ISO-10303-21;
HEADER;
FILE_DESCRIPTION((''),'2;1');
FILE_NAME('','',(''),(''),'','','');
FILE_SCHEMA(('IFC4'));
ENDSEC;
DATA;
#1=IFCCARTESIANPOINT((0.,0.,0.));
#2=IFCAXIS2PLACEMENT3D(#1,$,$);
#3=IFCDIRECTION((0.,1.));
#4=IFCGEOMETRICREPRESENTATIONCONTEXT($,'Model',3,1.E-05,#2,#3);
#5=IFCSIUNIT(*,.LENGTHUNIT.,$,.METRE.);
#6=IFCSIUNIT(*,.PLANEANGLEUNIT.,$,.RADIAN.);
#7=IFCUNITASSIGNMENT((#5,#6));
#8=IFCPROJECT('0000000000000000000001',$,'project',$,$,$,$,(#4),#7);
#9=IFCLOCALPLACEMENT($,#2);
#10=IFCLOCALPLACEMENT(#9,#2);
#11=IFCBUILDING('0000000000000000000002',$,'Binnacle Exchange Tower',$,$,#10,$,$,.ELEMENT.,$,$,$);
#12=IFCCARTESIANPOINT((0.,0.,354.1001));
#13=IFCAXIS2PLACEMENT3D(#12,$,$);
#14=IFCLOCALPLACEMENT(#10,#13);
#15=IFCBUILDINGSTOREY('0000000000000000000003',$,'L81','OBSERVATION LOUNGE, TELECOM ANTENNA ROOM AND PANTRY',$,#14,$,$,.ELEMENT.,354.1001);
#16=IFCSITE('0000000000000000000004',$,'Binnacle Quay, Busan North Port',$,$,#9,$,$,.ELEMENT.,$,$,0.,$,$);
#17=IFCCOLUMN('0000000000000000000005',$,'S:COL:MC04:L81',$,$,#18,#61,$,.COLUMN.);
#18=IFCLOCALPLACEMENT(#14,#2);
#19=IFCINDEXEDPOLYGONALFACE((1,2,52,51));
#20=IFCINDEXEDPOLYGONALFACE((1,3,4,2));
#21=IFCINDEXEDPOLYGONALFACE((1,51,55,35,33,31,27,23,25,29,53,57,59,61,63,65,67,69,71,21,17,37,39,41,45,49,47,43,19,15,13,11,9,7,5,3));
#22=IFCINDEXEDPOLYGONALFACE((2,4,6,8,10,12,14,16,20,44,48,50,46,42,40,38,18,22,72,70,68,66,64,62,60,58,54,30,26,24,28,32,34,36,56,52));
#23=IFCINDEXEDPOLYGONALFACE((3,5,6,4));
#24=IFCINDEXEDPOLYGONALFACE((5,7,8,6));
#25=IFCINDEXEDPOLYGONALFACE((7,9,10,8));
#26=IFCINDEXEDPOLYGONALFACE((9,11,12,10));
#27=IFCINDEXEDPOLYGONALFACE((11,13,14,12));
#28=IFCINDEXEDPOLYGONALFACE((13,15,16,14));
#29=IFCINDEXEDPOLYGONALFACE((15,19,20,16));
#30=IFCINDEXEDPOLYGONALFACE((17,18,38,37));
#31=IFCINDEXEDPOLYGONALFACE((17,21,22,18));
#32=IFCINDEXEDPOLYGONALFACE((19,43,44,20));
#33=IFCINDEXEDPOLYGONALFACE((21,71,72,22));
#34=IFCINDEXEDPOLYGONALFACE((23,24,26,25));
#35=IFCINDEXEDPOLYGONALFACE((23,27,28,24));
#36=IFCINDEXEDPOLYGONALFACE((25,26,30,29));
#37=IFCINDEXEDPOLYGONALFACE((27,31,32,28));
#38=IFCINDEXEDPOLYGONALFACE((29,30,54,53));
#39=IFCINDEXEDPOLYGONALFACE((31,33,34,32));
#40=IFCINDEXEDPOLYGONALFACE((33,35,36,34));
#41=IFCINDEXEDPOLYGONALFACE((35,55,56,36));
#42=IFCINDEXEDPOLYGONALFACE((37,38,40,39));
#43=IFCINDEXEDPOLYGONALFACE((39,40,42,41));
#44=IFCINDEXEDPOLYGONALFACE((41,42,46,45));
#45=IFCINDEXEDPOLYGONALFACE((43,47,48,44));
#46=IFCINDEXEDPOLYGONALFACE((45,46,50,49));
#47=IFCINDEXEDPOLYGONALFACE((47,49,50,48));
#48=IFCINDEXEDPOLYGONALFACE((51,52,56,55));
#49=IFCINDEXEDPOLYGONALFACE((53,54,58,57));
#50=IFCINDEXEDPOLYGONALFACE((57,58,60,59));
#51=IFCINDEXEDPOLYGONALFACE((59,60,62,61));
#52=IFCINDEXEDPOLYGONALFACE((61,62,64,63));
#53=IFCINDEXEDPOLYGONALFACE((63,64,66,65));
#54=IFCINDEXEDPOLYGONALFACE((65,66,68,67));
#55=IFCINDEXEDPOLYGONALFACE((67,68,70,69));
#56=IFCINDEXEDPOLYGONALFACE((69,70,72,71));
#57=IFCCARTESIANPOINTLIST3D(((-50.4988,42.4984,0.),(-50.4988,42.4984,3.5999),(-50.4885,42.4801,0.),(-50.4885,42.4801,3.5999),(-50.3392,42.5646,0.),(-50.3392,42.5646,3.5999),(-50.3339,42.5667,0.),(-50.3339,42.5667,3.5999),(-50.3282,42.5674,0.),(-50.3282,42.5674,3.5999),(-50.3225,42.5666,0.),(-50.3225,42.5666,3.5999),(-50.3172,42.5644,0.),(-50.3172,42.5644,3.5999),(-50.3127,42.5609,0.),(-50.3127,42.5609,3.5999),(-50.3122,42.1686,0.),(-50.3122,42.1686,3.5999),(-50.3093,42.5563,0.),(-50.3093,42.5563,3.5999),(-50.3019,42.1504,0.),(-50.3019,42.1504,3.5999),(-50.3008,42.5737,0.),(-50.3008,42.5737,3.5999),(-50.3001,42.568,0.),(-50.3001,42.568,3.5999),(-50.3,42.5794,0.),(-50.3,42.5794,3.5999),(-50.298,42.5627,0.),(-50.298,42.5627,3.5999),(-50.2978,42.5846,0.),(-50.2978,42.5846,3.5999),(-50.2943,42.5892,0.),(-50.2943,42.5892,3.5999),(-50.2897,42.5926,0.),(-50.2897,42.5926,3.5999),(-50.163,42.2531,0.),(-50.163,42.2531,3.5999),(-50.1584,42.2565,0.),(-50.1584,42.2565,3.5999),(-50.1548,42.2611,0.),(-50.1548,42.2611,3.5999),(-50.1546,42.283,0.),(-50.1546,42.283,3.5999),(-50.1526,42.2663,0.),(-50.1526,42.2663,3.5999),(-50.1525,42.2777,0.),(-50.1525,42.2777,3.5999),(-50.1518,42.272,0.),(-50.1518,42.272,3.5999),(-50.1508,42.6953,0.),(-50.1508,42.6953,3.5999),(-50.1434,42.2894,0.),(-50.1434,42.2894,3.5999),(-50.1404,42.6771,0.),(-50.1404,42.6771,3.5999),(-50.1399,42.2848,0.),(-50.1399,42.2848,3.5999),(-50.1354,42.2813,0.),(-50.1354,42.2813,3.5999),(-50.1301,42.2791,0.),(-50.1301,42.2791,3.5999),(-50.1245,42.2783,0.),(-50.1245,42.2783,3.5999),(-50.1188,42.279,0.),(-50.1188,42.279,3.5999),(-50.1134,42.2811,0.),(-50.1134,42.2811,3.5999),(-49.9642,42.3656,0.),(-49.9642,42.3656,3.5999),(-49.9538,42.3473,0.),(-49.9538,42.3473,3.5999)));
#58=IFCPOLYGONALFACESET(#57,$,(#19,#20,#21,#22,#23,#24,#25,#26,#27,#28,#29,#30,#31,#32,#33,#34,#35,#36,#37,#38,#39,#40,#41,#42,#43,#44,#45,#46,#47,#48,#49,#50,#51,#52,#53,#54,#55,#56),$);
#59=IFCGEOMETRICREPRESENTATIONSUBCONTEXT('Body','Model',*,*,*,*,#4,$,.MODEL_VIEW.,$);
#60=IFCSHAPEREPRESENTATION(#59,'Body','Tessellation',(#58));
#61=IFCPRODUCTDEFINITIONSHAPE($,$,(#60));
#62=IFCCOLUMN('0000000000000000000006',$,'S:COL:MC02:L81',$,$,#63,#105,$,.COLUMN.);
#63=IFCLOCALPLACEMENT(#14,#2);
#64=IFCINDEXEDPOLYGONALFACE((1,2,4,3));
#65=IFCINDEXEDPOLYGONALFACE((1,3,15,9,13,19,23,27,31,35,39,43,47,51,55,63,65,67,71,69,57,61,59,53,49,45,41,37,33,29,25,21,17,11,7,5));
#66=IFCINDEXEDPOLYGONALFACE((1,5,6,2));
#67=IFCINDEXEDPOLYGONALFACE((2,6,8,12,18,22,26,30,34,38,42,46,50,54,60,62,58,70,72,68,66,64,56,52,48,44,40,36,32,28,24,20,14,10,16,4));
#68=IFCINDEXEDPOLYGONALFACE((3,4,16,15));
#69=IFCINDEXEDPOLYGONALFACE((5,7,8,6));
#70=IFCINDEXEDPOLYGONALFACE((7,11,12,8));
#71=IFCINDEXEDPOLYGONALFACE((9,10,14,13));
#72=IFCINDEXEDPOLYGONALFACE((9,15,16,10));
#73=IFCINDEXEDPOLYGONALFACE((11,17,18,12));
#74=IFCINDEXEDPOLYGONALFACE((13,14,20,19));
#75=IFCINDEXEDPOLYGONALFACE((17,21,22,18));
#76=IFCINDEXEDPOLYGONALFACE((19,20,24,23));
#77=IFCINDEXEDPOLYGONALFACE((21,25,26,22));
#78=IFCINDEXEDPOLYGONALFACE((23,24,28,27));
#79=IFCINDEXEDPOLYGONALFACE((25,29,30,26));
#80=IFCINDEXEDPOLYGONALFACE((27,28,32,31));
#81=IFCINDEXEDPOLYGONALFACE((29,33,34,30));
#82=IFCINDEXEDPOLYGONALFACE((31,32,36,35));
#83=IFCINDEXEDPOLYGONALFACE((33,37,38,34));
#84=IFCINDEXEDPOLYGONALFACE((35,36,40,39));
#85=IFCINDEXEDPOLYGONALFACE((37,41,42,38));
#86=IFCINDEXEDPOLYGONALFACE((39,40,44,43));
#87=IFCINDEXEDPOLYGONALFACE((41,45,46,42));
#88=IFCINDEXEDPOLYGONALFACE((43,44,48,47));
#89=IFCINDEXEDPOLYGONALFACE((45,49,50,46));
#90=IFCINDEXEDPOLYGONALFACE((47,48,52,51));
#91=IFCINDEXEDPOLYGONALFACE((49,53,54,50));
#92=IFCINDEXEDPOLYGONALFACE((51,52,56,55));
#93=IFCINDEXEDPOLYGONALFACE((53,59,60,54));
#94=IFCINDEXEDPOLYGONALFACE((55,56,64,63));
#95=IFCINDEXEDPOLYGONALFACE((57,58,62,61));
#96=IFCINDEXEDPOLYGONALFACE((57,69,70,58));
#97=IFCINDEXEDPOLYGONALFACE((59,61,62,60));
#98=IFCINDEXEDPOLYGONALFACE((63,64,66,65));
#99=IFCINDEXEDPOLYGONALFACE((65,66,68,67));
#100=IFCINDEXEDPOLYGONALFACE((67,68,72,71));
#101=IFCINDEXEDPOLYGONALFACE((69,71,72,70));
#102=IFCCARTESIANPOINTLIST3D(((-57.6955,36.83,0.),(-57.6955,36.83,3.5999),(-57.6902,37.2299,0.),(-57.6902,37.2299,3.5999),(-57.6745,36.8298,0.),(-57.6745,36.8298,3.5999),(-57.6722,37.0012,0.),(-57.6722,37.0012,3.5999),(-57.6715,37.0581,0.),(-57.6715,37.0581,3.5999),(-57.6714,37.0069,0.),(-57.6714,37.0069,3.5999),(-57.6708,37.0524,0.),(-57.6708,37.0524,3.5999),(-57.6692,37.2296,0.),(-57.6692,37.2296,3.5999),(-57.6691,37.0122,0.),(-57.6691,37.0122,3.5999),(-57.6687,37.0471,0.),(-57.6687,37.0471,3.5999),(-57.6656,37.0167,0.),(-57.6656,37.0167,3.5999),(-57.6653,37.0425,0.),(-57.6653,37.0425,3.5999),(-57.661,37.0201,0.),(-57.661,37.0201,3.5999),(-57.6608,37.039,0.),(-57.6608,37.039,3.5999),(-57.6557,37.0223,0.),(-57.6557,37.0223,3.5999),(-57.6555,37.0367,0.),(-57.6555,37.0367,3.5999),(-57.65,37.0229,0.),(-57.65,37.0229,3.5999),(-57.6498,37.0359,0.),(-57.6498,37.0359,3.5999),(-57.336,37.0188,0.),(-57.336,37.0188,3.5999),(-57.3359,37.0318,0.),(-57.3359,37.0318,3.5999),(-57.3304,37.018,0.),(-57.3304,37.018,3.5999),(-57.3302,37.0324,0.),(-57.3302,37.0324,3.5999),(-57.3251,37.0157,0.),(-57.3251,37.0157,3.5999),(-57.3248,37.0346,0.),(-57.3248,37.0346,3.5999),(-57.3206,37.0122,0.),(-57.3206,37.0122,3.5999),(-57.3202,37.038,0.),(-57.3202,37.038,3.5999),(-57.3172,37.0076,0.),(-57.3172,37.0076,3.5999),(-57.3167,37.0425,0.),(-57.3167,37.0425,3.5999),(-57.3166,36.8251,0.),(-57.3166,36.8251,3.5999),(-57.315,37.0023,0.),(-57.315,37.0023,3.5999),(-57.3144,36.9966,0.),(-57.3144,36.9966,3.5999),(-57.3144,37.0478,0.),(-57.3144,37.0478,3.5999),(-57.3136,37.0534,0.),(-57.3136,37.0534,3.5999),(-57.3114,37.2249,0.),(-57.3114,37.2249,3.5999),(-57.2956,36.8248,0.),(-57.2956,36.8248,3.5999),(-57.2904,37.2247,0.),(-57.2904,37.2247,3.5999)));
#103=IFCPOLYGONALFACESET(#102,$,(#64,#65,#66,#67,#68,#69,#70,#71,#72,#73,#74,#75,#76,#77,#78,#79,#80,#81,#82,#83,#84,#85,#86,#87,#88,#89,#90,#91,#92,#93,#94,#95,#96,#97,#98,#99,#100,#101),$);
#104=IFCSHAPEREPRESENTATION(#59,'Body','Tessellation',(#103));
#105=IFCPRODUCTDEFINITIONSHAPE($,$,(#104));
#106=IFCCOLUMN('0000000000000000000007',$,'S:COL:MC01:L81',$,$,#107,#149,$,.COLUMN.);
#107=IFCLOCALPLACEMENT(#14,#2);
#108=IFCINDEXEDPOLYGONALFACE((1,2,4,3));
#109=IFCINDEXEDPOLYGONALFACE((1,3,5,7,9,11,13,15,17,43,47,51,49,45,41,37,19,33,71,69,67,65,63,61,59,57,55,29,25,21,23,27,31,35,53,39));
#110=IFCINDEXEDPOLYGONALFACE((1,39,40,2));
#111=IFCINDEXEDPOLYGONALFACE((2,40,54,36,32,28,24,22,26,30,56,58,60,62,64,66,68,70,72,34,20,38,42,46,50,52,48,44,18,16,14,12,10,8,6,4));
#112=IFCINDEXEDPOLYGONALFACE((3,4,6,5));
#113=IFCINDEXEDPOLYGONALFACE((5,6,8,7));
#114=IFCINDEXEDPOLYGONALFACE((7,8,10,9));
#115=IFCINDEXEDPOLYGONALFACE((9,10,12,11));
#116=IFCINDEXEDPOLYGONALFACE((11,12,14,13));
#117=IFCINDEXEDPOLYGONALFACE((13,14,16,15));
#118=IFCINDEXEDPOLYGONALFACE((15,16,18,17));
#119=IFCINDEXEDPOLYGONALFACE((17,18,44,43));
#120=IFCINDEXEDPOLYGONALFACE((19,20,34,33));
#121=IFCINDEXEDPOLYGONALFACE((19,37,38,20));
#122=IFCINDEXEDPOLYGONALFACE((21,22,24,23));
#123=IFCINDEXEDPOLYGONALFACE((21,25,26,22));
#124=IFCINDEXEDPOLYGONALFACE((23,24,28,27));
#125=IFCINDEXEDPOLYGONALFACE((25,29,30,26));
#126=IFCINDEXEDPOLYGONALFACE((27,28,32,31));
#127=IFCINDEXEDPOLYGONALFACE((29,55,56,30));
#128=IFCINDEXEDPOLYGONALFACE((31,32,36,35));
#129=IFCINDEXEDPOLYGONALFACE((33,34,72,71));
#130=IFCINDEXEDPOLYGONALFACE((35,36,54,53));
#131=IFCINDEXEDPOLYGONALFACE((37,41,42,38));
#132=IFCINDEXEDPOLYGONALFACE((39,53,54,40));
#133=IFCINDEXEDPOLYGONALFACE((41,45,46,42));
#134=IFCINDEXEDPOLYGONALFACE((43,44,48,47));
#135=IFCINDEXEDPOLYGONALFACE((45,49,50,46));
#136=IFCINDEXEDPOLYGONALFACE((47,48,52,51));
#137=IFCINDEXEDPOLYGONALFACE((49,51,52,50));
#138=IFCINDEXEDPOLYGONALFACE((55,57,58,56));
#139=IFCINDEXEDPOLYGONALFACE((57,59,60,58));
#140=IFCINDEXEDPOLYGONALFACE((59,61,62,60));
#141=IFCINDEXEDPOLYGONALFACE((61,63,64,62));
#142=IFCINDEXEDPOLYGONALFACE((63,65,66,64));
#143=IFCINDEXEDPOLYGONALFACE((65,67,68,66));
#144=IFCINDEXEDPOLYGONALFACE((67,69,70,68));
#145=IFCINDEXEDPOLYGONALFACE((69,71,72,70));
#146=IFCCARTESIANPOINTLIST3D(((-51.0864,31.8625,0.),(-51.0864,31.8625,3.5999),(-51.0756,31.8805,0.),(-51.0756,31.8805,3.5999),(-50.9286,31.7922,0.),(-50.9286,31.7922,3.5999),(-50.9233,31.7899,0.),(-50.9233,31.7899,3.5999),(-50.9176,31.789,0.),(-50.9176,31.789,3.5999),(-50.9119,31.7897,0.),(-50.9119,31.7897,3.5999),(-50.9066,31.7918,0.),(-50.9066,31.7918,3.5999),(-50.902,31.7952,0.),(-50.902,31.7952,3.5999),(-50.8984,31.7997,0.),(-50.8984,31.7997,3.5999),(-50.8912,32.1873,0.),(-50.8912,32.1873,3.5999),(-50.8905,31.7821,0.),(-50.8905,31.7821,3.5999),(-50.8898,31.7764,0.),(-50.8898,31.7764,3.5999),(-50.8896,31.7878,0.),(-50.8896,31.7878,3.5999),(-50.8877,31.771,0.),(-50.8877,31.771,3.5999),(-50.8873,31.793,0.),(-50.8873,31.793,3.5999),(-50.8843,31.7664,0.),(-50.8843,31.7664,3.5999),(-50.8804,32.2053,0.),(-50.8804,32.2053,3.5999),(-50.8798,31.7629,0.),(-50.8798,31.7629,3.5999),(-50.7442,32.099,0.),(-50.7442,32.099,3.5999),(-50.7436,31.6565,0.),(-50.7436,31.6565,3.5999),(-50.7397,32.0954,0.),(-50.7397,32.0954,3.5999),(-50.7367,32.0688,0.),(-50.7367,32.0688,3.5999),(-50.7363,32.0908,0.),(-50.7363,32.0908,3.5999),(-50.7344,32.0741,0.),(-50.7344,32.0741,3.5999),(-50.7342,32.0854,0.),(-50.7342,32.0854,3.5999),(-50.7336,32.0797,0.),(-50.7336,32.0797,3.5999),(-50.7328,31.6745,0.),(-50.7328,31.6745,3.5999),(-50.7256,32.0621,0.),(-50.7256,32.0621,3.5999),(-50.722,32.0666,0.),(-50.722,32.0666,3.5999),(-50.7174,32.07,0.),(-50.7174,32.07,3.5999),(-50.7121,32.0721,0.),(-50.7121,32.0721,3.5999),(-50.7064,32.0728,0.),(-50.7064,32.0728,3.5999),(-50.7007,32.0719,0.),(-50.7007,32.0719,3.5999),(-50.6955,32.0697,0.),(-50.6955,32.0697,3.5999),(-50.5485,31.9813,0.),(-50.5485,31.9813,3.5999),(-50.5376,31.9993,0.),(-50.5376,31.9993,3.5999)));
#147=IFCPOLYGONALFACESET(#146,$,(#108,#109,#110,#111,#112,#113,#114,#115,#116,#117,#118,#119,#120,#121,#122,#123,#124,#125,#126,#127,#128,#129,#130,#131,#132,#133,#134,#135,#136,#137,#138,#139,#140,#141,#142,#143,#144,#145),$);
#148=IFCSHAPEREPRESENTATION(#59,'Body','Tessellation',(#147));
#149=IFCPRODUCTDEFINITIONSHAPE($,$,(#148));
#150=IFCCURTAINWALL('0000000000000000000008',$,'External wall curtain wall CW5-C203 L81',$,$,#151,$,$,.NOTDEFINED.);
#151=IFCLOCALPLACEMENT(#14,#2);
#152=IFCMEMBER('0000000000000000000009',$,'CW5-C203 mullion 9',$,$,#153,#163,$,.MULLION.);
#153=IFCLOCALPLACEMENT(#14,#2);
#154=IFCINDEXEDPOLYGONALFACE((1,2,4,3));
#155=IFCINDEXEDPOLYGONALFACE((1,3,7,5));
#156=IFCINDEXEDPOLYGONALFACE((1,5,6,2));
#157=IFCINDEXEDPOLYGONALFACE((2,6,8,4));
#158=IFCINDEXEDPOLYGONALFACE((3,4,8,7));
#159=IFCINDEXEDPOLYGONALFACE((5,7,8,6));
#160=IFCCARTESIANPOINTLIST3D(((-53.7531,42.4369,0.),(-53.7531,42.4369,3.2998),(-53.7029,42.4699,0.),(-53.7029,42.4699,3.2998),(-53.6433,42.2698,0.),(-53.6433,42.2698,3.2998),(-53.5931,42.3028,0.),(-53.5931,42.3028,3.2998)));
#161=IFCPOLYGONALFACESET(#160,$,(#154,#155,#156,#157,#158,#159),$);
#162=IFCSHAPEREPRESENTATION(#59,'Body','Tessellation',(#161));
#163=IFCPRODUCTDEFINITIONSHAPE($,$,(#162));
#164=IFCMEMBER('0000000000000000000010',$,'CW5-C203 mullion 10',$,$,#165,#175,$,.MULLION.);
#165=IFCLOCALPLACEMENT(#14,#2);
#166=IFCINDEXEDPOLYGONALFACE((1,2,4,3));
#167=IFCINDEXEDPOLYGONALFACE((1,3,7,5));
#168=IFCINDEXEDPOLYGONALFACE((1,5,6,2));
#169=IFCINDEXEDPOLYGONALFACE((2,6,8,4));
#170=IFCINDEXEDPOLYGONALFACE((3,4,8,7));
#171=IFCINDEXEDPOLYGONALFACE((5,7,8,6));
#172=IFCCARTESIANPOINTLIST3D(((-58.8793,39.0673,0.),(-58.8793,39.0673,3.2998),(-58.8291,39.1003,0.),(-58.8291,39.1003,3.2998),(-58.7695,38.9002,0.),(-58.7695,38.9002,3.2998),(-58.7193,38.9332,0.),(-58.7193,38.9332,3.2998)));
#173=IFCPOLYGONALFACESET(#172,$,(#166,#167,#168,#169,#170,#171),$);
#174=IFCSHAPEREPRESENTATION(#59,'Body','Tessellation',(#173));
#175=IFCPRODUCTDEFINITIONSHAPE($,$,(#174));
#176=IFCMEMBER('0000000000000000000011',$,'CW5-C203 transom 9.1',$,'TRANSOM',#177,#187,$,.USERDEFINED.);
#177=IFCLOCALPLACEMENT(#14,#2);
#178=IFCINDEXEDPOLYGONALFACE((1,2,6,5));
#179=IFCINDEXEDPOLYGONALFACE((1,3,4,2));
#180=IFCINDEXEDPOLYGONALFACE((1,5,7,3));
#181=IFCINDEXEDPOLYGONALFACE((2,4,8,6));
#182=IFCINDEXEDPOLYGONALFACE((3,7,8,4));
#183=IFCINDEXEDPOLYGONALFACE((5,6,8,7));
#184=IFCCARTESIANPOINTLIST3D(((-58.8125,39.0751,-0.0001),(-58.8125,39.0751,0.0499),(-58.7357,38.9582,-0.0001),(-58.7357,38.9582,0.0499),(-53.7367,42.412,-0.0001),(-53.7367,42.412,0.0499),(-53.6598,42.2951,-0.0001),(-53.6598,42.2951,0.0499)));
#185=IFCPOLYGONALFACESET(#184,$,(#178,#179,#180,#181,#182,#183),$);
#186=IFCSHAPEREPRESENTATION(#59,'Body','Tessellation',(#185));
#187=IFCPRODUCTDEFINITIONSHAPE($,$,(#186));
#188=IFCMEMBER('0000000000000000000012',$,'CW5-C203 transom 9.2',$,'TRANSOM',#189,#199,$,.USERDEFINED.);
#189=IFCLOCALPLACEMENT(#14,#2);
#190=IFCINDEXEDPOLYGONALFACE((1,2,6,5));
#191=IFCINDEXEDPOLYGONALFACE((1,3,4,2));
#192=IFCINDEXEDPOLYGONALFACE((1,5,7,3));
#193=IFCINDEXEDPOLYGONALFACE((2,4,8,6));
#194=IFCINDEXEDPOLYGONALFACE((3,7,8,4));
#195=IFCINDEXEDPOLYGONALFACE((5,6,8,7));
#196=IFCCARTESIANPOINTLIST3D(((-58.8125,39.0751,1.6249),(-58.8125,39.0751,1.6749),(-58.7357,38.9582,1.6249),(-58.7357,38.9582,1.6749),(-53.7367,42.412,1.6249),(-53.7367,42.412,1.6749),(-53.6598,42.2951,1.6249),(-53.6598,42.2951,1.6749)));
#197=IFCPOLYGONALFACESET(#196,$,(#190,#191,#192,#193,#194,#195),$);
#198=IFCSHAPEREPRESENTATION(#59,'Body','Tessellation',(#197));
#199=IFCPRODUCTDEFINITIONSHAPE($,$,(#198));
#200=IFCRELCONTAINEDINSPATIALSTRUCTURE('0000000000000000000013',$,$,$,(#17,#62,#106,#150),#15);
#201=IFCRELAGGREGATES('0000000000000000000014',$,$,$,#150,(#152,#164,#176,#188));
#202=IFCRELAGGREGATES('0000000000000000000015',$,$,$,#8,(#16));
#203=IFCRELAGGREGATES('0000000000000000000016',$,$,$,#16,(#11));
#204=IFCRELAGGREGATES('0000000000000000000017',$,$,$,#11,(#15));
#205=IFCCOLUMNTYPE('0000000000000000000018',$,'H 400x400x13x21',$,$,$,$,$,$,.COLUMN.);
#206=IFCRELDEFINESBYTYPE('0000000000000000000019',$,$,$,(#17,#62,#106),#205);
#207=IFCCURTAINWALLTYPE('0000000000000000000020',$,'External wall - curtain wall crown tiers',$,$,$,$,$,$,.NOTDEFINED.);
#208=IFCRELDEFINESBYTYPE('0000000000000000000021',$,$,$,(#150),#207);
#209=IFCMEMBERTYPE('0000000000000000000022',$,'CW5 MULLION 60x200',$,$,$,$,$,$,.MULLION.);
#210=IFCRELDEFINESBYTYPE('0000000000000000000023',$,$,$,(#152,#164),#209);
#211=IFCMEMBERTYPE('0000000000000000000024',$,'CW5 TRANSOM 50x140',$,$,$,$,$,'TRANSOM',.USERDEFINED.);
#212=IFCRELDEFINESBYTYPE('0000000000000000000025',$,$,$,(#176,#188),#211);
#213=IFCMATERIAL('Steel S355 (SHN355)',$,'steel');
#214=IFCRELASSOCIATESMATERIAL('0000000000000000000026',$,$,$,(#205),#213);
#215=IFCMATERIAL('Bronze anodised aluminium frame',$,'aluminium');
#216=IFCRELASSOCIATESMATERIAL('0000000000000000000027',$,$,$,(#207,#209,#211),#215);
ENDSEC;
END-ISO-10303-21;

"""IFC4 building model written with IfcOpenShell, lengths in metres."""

from ifc_helpers import new_model, si_unit, direction, frame, origin, origin_2d, place, context, subcontext, project, spatial, rectangle, i_section, extrude, material, material_profile, profile_set, type_object, element, aggregate, save


model = new_model("IFC4")

# Units and contexts
model_context = context("Model", 3, precision=1e-05, world=origin(), true_north=direction((0.0, 1.0)))
body_context = subcontext(model_context, "Body", "Model", "MODEL_VIEW")
ifc_project = project(units=[si_unit("LENGTHUNIT", "METRE"), si_unit("PLANEANGLEUNIT", "RADIAN")], contexts=[model_context])

# Site, building, storey
site_placement = place(None, origin())
site = spatial("IfcSite", under=ifc_project, at=site_placement, Name="Binnacle Quay, Busan North Port", CompositionType="ELEMENT", RefElevation=0.0)
building_placement = place(site_placement, origin())
building = spatial("IfcBuilding", under=site, at=building_placement, Name="Binnacle Exchange Tower", CompositionType="ELEMENT")
storey_placement = place(building_placement, frame((0.0, 0.0, 354.1001)))
storey = spatial("IfcBuildingStorey", under=building, at=storey_placement, Name="L81", Description="OBSERVATION LOUNGE, TELECOM ANTENNA ROOM AND PANTRY", CompositionType="ELEMENT", Elevation=354.1001)

# Columns
ifc_material_1 = material(Name="Steel S355 (SHN355)", Category="steel")
ifc_material_profile_1 = material_profile(ifc_material_1, i_section(OverallWidth=0.3999, OverallDepth=0.3999, WebThickness=0.0129, FlangeThickness=0.021, FilletRadius=0.022, at=origin_2d()), Name="H 400x400x13x21")
ifc_profile_set_1 = profile_set([ifc_material_profile_1], Name="Steel S355 (SHN355)")
column_type = type_object("IfcColumnType", Name="H 400x400x13x21", PredefinedType="COLUMN", material=ifc_profile_set_1)
for number, where, z_axis, x_axis, name in (
    (1, (-50.2263, 42.4229, 0.0), (0.0, 0.0, 1.0), (-0.870356, -0.492424, 0.0), "S:COL:MC04:L81"),
    (2, (-57.4929, 37.0273, 0.0), (0.0, 0.0, 1.0), (-0.01309, -0.999914, 0.0), "S:COL:MC02:L81"),
    (3, (-50.812, 31.9309, 0.0), (0.0, 0.0, 1.0), (0.857167, -0.515038, 0.0), "S:COL:MC01:L81"),
):
    element("IfcColumn", number, at=place(storey_placement, frame(where, z_axis=z_axis, x_axis=x_axis)), inside=storey, type_object=column_type, Name=name, PredefinedType="COLUMN", context=body_context, shape_type="SweptSolid", body=[
        extrude(i_section(OverallWidth=0.3999, OverallDepth=0.3999, WebThickness=0.0129, FlangeThickness=0.021, FilletRadius=0.022, at=origin_2d()), origin(), (0.0, 0.0, 1.0), 3.5999),
    ])

# Curtain wall, members
ifc_material_2 = material(Name="Bronze anodised aluminium frame", Category="aluminium")
curtain_wall_type = type_object("IfcCurtainWallType", Name="External wall - curtain wall crown tiers", PredefinedType="NOTDEFINED", material=ifc_material_2)
curtain_wall_placement = place(storey_placement, origin())
curtain_wall = element("IfcCurtainWall", 4, at=curtain_wall_placement, inside=storey, type_object=curtain_wall_type, Name="External wall curtain wall CW5-C203 L81", PredefinedType="NOTDEFINED")
ifc_material_profile_2 = material_profile(ifc_material_2, rectangle(XDim=0.2, YDim=0.0601, at=origin_2d()), Name="AL 60x200")
ifc_profile_set_2 = profile_set([ifc_material_profile_2], Name="Bronze anodised aluminium frame")
member_type_1 = type_object("IfcMemberType", Name="CW5 MULLION 60x200", PredefinedType="MULLION", material=ifc_profile_set_2)
member_1_placement = place(storey_placement, frame((-53.6731, 42.3699, 0.0), z_axis=(0.0, 0.0, 1.0), x_axis=(0.54931, -0.835618, 0.0)))
member_1 = element("IfcMember", 5, at=member_1_placement, type_object=member_type_1, Name="CW5-C203 mullion 9", PredefinedType="MULLION", context=body_context, shape_type="SweptSolid", body=[
    extrude(rectangle(XDim=0.2, YDim=0.0601, at=origin_2d()), origin(), (0.0, 0.0, 1.0), 3.2998),
])
member_2_placement = place(storey_placement, frame((-58.7993, 39.0002, 0.0), z_axis=(0.0, 0.0, 1.0), x_axis=(0.54931, -0.835618, 0.0)))
member_2 = element("IfcMember", 6, at=member_2_placement, type_object=member_type_1, Name="CW5-C203 mullion 10", PredefinedType="MULLION", context=body_context, shape_type="SweptSolid", body=[
    extrude(rectangle(XDim=0.2, YDim=0.0601, at=origin_2d()), origin(), (0.0, 0.0, 1.0), 3.2998),
])
ifc_material_profile_3 = material_profile(ifc_material_2, rectangle(XDim=0.1399, YDim=0.05, at=origin_2d()), Name="AL 140x50")
ifc_profile_set_3 = profile_set([ifc_material_profile_3], Name="Bronze anodised aluminium frame")
member_type_2 = type_object("IfcMemberType", Name="CW5 TRANSOM 50x140", ElementType="TRANSOM", PredefinedType="USERDEFINED", material=ifc_profile_set_3)
member_3_placement = place(storey_placement, frame((-53.6982, 42.3535, 0.0249), z_axis=(-0.835607, -0.549328, 0.0), x_axis=(0.549328, -0.835607, 0.0)))
member_3 = element("IfcMember", 7, at=member_3_placement, type_object=member_type_2, Name="CW5-C203 transom 9.1", ObjectType="TRANSOM", PredefinedType="USERDEFINED", context=body_context, shape_type="SweptSolid", body=[
    extrude(rectangle(XDim=0.1399, YDim=0.05, at=origin_2d()), origin(), (0.0, 0.0, 1.0), 6.0745),
])
member_4_placement = place(storey_placement, frame((-53.6982, 42.3535, 1.6499), z_axis=(-0.835607, -0.549328, 0.0), x_axis=(0.549328, -0.835607, 0.0)))
member_4 = element("IfcMember", 8, at=member_4_placement, type_object=member_type_2, Name="CW5-C203 transom 9.2", ObjectType="TRANSOM", PredefinedType="USERDEFINED", context=body_context, shape_type="SweptSolid", body=[
    extrude(rectangle(XDim=0.1399, YDim=0.05, at=origin_2d()), origin(), (0.0, 0.0, 1.0), 6.0745),
])

aggregate(curtain_wall, [member_1, member_2, member_3, member_4])

save(model, "model.ifc")
